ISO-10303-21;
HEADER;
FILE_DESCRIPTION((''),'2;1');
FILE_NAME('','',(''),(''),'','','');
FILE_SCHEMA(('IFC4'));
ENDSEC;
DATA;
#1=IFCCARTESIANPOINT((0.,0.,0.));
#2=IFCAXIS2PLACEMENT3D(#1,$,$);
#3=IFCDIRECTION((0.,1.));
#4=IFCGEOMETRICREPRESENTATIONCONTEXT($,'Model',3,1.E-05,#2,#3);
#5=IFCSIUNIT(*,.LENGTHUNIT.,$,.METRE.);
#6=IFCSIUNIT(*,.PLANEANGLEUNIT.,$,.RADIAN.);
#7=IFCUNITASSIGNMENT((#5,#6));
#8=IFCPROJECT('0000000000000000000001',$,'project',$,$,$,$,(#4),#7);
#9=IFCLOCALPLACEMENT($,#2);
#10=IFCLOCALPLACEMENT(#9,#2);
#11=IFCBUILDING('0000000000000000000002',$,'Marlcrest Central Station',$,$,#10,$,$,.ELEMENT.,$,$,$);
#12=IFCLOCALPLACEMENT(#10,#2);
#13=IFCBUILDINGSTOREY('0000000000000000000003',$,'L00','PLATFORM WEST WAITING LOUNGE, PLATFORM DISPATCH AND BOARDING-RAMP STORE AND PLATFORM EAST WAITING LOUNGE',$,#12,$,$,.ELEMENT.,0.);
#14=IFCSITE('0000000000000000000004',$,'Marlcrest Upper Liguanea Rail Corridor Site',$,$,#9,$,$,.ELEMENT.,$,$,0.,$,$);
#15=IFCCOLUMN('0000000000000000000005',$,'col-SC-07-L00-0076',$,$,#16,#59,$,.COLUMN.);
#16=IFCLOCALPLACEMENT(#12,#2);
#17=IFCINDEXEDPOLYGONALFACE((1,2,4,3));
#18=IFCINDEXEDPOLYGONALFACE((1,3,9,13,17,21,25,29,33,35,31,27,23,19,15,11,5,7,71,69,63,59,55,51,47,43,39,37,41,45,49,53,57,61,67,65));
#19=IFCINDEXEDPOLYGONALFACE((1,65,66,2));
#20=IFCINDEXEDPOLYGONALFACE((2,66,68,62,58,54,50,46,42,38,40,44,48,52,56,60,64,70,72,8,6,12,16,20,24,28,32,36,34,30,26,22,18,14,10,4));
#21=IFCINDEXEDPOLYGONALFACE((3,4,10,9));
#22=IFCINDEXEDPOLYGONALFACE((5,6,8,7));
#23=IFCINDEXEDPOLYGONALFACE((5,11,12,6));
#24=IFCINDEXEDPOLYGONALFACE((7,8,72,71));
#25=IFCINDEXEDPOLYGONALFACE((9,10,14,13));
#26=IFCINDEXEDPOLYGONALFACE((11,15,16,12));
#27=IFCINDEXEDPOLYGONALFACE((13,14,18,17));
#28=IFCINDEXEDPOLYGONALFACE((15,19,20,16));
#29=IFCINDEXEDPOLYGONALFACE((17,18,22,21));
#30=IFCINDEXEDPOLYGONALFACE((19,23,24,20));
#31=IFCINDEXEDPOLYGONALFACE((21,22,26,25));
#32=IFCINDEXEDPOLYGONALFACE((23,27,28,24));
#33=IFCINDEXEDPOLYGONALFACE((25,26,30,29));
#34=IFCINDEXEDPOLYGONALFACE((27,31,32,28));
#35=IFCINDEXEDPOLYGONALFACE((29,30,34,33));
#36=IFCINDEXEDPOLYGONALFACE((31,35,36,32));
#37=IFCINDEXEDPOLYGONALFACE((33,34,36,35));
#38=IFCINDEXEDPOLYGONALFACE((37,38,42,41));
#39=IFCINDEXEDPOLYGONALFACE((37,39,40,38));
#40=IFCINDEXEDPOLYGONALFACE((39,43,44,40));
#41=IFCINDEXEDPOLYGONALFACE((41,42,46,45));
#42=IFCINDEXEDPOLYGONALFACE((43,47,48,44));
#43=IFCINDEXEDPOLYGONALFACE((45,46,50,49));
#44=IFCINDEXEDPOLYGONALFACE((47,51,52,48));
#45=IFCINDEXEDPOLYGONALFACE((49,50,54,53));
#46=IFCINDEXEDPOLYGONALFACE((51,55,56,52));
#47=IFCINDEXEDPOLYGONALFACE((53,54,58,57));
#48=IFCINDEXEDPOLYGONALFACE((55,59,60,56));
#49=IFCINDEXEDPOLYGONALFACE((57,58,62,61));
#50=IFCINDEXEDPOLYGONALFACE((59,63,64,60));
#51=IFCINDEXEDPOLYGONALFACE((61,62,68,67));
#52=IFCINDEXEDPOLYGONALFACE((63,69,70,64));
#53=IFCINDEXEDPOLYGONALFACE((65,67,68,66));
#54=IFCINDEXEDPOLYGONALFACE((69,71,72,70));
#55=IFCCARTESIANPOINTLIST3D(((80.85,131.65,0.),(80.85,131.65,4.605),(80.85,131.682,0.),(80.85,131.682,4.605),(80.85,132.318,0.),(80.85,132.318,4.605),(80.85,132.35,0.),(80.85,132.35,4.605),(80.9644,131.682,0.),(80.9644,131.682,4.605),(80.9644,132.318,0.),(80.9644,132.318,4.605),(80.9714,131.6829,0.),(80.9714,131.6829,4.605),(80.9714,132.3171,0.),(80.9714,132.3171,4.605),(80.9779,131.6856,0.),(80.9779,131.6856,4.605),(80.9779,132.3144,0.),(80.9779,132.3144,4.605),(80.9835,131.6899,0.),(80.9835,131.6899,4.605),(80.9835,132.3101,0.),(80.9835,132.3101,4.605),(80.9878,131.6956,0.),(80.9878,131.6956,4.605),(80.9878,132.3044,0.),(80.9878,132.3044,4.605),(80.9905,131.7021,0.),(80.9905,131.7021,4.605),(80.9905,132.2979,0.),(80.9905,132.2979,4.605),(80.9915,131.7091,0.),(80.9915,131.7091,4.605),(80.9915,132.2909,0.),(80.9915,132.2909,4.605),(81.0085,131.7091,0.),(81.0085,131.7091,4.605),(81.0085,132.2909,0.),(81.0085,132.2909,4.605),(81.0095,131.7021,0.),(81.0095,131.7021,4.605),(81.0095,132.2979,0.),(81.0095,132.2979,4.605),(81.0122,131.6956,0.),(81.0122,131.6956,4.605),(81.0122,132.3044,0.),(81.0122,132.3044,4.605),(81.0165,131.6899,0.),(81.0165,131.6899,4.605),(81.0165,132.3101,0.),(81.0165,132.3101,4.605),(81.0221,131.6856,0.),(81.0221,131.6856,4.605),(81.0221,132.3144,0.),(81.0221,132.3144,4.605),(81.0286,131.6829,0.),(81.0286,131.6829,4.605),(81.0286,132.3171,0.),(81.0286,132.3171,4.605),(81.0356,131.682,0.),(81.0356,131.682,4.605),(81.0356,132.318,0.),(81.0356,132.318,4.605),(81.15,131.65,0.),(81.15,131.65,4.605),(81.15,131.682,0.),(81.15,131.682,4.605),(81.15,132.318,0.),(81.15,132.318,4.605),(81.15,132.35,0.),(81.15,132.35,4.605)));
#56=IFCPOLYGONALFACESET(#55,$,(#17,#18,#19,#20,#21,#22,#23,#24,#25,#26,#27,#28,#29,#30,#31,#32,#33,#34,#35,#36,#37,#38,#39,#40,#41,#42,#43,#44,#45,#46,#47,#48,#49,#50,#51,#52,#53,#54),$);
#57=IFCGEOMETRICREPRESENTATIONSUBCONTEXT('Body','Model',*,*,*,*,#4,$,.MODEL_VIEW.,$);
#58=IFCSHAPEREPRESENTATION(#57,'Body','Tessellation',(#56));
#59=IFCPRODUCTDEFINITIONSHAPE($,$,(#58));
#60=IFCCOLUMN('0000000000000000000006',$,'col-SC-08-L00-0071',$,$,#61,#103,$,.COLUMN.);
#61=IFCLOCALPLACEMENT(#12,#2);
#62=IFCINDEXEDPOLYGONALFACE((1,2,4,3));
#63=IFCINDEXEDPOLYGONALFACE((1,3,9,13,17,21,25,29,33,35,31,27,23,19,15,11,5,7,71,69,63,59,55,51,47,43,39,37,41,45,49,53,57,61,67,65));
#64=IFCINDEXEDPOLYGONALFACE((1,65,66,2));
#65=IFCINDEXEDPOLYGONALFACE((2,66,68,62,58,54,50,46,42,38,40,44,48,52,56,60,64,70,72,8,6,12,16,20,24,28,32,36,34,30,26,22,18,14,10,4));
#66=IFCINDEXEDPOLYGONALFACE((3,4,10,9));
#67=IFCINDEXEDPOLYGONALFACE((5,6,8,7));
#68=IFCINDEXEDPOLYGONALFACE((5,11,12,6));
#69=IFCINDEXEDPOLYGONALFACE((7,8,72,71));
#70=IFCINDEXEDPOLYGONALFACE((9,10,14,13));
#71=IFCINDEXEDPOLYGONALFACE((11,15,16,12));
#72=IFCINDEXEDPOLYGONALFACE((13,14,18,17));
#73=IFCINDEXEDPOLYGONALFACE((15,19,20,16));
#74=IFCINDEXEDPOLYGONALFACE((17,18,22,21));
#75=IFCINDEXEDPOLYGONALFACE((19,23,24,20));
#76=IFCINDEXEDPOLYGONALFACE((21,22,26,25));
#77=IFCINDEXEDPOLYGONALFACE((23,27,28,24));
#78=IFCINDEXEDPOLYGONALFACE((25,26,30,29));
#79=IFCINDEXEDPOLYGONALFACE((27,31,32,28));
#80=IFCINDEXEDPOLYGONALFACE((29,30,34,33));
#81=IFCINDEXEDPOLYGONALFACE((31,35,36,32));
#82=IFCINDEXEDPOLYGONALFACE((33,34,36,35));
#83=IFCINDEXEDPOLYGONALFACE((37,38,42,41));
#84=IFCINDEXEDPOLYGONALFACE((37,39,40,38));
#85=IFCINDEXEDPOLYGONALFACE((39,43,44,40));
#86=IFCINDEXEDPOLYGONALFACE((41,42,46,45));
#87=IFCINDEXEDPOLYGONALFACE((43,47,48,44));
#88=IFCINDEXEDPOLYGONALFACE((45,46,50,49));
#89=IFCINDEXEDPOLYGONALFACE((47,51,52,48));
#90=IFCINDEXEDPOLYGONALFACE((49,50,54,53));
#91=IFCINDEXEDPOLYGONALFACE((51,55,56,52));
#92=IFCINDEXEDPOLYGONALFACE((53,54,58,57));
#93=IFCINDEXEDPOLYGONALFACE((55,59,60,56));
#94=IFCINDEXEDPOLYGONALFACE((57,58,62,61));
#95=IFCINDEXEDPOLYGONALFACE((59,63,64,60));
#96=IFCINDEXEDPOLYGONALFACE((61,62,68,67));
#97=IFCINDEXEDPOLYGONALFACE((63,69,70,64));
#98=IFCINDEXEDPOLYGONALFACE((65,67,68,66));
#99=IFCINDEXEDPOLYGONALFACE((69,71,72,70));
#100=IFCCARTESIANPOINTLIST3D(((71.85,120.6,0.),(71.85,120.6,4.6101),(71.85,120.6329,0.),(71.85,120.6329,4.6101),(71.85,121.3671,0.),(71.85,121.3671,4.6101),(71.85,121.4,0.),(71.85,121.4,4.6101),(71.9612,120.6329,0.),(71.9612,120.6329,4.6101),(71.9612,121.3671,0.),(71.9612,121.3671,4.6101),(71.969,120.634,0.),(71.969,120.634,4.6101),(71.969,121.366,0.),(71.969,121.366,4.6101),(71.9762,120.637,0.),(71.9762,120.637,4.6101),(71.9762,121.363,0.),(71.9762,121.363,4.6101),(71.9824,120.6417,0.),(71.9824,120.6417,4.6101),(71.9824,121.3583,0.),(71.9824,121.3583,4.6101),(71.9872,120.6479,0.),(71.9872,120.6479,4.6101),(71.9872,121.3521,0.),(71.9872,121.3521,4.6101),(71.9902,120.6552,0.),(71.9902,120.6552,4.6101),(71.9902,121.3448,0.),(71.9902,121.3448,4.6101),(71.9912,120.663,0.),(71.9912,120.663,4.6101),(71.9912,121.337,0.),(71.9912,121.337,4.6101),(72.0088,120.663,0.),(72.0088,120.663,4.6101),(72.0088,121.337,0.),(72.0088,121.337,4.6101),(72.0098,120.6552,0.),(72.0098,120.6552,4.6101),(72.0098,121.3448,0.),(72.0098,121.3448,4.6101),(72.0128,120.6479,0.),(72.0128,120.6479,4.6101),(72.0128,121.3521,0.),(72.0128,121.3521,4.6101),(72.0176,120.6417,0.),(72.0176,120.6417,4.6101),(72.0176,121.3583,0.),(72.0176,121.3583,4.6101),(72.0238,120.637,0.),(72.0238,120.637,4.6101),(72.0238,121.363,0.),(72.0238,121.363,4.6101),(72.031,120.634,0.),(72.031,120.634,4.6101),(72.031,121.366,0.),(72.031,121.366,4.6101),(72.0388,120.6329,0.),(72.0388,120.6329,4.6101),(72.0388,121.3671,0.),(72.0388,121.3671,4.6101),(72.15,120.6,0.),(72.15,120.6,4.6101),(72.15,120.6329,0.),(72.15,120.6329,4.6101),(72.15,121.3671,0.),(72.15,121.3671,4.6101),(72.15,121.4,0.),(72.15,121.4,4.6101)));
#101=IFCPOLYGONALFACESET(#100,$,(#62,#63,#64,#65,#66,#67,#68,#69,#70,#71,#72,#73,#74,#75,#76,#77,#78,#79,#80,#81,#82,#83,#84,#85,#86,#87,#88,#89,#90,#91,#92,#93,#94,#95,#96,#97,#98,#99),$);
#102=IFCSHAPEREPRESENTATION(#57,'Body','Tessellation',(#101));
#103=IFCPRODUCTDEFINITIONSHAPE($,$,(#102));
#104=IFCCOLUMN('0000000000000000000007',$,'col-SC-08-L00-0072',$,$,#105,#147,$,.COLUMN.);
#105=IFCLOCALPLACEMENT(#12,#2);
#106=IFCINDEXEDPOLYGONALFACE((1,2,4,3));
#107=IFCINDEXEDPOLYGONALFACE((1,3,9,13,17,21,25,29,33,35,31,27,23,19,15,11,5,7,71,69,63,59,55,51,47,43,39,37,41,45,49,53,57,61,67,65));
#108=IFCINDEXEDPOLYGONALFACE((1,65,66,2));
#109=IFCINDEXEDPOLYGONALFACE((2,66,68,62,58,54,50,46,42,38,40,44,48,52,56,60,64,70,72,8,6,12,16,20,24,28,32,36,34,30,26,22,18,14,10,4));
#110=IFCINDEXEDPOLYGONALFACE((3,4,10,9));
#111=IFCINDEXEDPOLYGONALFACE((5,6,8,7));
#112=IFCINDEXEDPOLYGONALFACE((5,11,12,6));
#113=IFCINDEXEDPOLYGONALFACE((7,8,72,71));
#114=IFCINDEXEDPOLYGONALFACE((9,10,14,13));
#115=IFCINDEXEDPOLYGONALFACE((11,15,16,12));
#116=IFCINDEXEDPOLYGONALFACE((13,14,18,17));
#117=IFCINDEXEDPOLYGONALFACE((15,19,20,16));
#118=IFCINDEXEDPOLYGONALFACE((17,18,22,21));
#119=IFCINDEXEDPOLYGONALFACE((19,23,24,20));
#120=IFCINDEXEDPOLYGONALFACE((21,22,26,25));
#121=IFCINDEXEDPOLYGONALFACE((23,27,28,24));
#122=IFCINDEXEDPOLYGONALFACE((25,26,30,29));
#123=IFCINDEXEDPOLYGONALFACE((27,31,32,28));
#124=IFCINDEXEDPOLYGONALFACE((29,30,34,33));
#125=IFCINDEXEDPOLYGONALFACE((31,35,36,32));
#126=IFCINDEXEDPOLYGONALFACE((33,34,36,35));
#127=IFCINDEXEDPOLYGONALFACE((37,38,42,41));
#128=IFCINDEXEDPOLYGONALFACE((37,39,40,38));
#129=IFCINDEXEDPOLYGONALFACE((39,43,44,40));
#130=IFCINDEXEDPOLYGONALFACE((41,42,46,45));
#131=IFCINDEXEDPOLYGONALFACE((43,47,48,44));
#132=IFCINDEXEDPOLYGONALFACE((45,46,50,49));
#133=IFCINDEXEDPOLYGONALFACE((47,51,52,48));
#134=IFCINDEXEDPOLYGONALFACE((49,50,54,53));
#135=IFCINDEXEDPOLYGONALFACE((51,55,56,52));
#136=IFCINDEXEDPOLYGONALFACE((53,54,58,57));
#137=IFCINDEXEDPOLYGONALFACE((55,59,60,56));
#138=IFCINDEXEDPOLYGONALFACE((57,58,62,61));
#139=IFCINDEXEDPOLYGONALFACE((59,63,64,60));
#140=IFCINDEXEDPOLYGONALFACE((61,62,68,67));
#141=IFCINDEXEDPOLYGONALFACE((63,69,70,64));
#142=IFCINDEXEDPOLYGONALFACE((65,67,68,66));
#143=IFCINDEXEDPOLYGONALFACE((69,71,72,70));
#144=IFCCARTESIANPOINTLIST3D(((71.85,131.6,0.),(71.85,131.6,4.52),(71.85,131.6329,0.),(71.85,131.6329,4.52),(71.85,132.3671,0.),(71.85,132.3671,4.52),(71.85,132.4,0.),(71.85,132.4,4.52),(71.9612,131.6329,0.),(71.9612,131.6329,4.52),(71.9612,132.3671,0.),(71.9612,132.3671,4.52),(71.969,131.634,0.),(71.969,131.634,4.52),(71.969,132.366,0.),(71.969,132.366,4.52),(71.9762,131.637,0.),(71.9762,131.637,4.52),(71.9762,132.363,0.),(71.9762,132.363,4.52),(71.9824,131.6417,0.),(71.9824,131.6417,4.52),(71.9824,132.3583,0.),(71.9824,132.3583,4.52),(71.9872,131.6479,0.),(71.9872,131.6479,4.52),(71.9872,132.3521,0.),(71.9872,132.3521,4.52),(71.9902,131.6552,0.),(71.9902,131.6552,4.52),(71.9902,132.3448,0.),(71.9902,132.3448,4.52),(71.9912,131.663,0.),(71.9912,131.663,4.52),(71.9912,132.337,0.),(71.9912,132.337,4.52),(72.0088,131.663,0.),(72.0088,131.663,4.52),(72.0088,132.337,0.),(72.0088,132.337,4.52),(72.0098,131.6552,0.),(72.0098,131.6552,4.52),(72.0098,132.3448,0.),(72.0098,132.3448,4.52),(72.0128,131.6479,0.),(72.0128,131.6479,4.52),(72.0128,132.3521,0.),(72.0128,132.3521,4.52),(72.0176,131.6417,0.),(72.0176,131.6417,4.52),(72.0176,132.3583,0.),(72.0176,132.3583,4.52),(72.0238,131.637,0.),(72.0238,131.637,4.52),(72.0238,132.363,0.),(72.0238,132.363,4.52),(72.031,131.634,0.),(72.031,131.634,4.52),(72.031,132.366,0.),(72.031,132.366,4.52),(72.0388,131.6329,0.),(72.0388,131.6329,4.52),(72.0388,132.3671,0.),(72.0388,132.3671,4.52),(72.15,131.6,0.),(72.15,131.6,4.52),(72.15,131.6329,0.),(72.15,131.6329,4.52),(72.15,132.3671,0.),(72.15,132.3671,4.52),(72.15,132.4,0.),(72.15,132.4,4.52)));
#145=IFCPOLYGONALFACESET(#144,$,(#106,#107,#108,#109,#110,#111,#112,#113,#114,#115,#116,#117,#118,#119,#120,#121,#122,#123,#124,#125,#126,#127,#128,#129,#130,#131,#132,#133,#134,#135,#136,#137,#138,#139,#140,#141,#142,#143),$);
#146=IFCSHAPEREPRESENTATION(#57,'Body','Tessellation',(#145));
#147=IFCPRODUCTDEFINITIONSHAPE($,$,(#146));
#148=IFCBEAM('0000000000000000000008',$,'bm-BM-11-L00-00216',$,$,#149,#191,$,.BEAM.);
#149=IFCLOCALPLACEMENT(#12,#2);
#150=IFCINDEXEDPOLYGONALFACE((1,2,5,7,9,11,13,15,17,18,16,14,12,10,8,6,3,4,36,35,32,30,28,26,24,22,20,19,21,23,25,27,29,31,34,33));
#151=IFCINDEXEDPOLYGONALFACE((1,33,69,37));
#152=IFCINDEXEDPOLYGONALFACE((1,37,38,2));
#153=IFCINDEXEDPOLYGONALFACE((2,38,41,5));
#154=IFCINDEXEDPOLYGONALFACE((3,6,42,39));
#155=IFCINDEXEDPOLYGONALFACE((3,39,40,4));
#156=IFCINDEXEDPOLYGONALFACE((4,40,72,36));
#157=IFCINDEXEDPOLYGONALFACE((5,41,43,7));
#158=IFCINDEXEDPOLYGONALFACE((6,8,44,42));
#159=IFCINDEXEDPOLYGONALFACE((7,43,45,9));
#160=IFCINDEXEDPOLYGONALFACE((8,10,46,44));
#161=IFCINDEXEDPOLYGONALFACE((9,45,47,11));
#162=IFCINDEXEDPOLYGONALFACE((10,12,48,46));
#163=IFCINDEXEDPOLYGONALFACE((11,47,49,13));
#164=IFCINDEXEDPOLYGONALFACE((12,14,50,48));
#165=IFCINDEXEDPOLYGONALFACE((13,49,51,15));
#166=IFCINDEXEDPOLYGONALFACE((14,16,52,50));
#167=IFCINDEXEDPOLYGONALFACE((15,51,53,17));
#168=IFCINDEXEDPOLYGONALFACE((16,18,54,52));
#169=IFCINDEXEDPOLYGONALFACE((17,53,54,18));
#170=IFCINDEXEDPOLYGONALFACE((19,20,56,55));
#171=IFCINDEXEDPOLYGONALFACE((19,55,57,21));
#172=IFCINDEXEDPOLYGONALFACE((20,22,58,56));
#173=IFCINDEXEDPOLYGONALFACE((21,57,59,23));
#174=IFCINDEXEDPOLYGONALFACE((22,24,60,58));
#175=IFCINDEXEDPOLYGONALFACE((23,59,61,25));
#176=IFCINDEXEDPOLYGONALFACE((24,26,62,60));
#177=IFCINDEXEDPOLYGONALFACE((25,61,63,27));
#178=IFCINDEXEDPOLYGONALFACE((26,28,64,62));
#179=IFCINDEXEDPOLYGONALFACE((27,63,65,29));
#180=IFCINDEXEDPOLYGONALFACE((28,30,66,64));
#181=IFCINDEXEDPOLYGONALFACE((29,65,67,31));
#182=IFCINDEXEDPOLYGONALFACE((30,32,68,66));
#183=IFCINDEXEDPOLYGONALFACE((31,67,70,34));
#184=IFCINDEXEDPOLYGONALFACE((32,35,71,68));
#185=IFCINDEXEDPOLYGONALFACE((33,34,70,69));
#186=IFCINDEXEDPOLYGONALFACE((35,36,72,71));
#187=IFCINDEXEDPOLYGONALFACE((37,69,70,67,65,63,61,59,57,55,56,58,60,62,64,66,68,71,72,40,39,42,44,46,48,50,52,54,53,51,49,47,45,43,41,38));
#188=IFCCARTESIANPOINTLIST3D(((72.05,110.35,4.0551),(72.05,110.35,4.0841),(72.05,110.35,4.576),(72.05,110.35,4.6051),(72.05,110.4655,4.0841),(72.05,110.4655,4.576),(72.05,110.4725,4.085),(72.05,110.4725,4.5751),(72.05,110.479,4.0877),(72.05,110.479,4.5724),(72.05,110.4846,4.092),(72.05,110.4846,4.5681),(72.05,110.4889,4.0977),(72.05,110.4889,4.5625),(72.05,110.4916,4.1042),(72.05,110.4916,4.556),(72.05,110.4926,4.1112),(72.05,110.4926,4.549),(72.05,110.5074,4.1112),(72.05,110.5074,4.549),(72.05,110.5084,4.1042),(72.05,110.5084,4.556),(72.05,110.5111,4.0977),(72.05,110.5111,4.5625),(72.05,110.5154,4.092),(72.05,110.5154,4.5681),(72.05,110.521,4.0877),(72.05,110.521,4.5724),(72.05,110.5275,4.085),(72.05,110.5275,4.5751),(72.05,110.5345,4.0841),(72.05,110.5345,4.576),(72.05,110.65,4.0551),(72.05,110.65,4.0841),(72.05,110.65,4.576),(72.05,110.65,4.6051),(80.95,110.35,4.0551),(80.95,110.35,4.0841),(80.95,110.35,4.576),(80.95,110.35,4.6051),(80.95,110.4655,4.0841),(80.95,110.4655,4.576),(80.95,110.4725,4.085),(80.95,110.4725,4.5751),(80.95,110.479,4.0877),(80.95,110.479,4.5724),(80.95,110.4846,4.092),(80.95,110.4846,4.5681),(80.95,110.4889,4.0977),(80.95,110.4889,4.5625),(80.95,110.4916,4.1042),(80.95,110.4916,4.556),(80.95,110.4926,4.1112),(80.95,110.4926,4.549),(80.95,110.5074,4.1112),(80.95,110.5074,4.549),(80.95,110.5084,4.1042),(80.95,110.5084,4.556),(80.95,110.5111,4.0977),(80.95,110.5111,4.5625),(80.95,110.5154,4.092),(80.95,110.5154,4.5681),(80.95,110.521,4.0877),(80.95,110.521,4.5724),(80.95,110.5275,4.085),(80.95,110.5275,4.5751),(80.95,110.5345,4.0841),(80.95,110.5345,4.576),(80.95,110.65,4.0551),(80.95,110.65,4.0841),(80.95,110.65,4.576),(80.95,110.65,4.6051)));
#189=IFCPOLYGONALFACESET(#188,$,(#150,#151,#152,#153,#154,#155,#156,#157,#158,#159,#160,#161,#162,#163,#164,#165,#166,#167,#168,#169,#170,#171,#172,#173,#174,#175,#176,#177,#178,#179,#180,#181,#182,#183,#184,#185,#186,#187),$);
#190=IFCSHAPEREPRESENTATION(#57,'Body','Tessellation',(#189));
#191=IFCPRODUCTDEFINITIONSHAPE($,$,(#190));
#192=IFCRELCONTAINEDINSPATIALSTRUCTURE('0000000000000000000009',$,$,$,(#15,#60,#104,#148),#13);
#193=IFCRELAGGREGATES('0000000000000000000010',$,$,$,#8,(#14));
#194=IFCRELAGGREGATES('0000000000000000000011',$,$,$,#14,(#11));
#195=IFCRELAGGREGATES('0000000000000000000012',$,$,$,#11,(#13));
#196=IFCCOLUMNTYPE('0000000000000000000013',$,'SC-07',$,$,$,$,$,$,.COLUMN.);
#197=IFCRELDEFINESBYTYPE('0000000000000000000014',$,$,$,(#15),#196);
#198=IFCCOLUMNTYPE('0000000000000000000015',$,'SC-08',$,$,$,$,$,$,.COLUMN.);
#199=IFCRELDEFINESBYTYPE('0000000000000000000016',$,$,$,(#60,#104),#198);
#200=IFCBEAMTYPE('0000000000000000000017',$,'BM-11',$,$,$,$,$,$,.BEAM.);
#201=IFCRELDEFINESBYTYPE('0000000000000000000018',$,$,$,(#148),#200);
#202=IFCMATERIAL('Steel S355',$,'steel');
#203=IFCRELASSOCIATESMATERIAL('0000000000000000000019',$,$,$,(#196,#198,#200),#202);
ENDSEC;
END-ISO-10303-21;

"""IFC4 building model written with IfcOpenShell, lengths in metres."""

from ifc_helpers import new_model, si_unit, direction, frame, origin, origin_2d, place, context, subcontext, project, spatial, i_section, extrude, material, material_profile, profile_set, type_object, element, save


model = new_model("IFC4")

# Units and contexts
model_context = context("Model", 3, precision=1e-05, world=origin(), true_north=direction((0.0, 1.0)))
body_context = subcontext(model_context, "Body", "Model", "MODEL_VIEW")
ifc_project = project(units=[si_unit("LENGTHUNIT", "METRE"), si_unit("PLANEANGLEUNIT", "RADIAN")], contexts=[model_context])

# Site, building, storey
site_placement = place(None, origin())
site = spatial("IfcSite", under=ifc_project, at=site_placement, Name="Marlcrest Upper Liguanea Rail Corridor Site", CompositionType="ELEMENT", RefElevation=0.0)
building_placement = place(site_placement, origin())
building = spatial("IfcBuilding", under=site, at=building_placement, Name="Marlcrest Central Station", CompositionType="ELEMENT")
storey_placement = place(building_placement, origin())
storey = spatial("IfcBuildingStorey", under=building, at=storey_placement, Name="L00", Description="PLATFORM WEST WAITING LOUNGE, PLATFORM DISPATCH AND BOARDING-RAMP STORE AND PLATFORM EAST WAITING LOUNGE", CompositionType="ELEMENT", Elevation=0.0)

# Columns
ifc_material_1 = material(Name="Steel S355", Category="steel")
ifc_material_profile_1 = material_profile(ifc_material_1, i_section(OverallWidth=0.3, OverallDepth=0.7, WebThickness=0.0171, FlangeThickness=0.032, FilletRadius=0.0271, at=origin_2d()), Name="HEB 700")
ifc_profile_set_1 = profile_set([ifc_material_profile_1], Name="Steel S355")
column_type_1 = type_object("IfcColumnType", Name="SC-07", PredefinedType="COLUMN", material=ifc_profile_set_1)
for number, where, z_axis, x_axis, name in (
    (1, (81.0, 132.0, 0.0), (0.0, 0.0, 1.0), (1.0, 0.0, 0.0), "col-SC-07-L00-0076"),
):
    element("IfcColumn", number, at=place(storey_placement, frame(where, z_axis=z_axis, x_axis=x_axis)), inside=storey, type_object=column_type_1, Name=name, PredefinedType="COLUMN", context=body_context, shape_type="SweptSolid", body=[
        extrude(i_section(OverallWidth=0.3, OverallDepth=0.7, WebThickness=0.0171, FlangeThickness=0.032, FilletRadius=0.0271, at=origin_2d()), origin(), (0.0, 0.0, 1.0), 4.605),
    ])
ifc_material_profile_2 = material_profile(ifc_material_1, i_section(OverallWidth=0.3, OverallDepth=0.8, WebThickness=0.0176, FlangeThickness=0.033, FilletRadius=0.03, at=origin_2d()), Name="HEB 800")
ifc_profile_set_2 = profile_set([ifc_material_profile_2], Name="Steel S355")
column_type_2 = type_object("IfcColumnType", Name="SC-08", PredefinedType="COLUMN", material=ifc_profile_set_2)
column_1_placement = place(storey_placement, frame((72.0, 121.0, 0.0), z_axis=(0.0, 0.0, 1.0), x_axis=(1.0, 0.0, 0.0)))
element("IfcColumn", 2, at=column_1_placement, inside=storey, type_object=column_type_2, Name="col-SC-08-L00-0071", PredefinedType="COLUMN", context=body_context, shape_type="SweptSolid", body=[
    extrude(i_section(OverallWidth=0.3, OverallDepth=0.8, WebThickness=0.0176, FlangeThickness=0.033, FilletRadius=0.03, at=origin_2d()), origin(), (0.0, 0.0, 1.0), 4.6101),
])
column_2_placement = place(storey_placement, frame((72.0, 132.0, 0.0), z_axis=(0.0, 0.0, 1.0), x_axis=(1.0, 0.0, 0.0)))
element("IfcColumn", 3, at=column_2_placement, inside=storey, type_object=column_type_2, Name="col-SC-08-L00-0072", PredefinedType="COLUMN", context=body_context, shape_type="SweptSolid", body=[
    extrude(i_section(OverallWidth=0.3, OverallDepth=0.8, WebThickness=0.0176, FlangeThickness=0.033, FilletRadius=0.03, at=origin_2d()), origin(), (0.0, 0.0, 1.0), 4.52),
])

# Beam
ifc_material_profile_3 = material_profile(ifc_material_1, i_section(OverallWidth=0.3, OverallDepth=0.55, WebThickness=0.0149, FlangeThickness=0.0291, FilletRadius=0.0271, at=origin_2d()), Name="HEB 550")
ifc_profile_set_3 = profile_set([ifc_material_profile_3], Name="Steel S355")
beam_type_1 = type_object("IfcBeamType", Name="BM-11", PredefinedType="BEAM", material=ifc_profile_set_3)
for number, where, z_axis, x_axis, name in (
    (4, (72.05, 110.5, 4.3301), (1.0, 0.0, 0.0), (0.0, 1.0, 0.0), "bm-BM-11-L00-00216"),
):
    element("IfcBeam", number, at=place(storey_placement, frame(where, z_axis=z_axis, x_axis=x_axis)), inside=storey, type_object=beam_type_1, Name=name, PredefinedType="BEAM", context=body_context, shape_type="SweptSolid", body=[
        extrude(i_section(OverallWidth=0.3, OverallDepth=0.55, WebThickness=0.0149, FlangeThickness=0.0291, FilletRadius=0.0271, at=origin_2d()), origin(), (0.0, 0.0, 1.0), 8.8999),
    ])

save(model, "model.ifc")
